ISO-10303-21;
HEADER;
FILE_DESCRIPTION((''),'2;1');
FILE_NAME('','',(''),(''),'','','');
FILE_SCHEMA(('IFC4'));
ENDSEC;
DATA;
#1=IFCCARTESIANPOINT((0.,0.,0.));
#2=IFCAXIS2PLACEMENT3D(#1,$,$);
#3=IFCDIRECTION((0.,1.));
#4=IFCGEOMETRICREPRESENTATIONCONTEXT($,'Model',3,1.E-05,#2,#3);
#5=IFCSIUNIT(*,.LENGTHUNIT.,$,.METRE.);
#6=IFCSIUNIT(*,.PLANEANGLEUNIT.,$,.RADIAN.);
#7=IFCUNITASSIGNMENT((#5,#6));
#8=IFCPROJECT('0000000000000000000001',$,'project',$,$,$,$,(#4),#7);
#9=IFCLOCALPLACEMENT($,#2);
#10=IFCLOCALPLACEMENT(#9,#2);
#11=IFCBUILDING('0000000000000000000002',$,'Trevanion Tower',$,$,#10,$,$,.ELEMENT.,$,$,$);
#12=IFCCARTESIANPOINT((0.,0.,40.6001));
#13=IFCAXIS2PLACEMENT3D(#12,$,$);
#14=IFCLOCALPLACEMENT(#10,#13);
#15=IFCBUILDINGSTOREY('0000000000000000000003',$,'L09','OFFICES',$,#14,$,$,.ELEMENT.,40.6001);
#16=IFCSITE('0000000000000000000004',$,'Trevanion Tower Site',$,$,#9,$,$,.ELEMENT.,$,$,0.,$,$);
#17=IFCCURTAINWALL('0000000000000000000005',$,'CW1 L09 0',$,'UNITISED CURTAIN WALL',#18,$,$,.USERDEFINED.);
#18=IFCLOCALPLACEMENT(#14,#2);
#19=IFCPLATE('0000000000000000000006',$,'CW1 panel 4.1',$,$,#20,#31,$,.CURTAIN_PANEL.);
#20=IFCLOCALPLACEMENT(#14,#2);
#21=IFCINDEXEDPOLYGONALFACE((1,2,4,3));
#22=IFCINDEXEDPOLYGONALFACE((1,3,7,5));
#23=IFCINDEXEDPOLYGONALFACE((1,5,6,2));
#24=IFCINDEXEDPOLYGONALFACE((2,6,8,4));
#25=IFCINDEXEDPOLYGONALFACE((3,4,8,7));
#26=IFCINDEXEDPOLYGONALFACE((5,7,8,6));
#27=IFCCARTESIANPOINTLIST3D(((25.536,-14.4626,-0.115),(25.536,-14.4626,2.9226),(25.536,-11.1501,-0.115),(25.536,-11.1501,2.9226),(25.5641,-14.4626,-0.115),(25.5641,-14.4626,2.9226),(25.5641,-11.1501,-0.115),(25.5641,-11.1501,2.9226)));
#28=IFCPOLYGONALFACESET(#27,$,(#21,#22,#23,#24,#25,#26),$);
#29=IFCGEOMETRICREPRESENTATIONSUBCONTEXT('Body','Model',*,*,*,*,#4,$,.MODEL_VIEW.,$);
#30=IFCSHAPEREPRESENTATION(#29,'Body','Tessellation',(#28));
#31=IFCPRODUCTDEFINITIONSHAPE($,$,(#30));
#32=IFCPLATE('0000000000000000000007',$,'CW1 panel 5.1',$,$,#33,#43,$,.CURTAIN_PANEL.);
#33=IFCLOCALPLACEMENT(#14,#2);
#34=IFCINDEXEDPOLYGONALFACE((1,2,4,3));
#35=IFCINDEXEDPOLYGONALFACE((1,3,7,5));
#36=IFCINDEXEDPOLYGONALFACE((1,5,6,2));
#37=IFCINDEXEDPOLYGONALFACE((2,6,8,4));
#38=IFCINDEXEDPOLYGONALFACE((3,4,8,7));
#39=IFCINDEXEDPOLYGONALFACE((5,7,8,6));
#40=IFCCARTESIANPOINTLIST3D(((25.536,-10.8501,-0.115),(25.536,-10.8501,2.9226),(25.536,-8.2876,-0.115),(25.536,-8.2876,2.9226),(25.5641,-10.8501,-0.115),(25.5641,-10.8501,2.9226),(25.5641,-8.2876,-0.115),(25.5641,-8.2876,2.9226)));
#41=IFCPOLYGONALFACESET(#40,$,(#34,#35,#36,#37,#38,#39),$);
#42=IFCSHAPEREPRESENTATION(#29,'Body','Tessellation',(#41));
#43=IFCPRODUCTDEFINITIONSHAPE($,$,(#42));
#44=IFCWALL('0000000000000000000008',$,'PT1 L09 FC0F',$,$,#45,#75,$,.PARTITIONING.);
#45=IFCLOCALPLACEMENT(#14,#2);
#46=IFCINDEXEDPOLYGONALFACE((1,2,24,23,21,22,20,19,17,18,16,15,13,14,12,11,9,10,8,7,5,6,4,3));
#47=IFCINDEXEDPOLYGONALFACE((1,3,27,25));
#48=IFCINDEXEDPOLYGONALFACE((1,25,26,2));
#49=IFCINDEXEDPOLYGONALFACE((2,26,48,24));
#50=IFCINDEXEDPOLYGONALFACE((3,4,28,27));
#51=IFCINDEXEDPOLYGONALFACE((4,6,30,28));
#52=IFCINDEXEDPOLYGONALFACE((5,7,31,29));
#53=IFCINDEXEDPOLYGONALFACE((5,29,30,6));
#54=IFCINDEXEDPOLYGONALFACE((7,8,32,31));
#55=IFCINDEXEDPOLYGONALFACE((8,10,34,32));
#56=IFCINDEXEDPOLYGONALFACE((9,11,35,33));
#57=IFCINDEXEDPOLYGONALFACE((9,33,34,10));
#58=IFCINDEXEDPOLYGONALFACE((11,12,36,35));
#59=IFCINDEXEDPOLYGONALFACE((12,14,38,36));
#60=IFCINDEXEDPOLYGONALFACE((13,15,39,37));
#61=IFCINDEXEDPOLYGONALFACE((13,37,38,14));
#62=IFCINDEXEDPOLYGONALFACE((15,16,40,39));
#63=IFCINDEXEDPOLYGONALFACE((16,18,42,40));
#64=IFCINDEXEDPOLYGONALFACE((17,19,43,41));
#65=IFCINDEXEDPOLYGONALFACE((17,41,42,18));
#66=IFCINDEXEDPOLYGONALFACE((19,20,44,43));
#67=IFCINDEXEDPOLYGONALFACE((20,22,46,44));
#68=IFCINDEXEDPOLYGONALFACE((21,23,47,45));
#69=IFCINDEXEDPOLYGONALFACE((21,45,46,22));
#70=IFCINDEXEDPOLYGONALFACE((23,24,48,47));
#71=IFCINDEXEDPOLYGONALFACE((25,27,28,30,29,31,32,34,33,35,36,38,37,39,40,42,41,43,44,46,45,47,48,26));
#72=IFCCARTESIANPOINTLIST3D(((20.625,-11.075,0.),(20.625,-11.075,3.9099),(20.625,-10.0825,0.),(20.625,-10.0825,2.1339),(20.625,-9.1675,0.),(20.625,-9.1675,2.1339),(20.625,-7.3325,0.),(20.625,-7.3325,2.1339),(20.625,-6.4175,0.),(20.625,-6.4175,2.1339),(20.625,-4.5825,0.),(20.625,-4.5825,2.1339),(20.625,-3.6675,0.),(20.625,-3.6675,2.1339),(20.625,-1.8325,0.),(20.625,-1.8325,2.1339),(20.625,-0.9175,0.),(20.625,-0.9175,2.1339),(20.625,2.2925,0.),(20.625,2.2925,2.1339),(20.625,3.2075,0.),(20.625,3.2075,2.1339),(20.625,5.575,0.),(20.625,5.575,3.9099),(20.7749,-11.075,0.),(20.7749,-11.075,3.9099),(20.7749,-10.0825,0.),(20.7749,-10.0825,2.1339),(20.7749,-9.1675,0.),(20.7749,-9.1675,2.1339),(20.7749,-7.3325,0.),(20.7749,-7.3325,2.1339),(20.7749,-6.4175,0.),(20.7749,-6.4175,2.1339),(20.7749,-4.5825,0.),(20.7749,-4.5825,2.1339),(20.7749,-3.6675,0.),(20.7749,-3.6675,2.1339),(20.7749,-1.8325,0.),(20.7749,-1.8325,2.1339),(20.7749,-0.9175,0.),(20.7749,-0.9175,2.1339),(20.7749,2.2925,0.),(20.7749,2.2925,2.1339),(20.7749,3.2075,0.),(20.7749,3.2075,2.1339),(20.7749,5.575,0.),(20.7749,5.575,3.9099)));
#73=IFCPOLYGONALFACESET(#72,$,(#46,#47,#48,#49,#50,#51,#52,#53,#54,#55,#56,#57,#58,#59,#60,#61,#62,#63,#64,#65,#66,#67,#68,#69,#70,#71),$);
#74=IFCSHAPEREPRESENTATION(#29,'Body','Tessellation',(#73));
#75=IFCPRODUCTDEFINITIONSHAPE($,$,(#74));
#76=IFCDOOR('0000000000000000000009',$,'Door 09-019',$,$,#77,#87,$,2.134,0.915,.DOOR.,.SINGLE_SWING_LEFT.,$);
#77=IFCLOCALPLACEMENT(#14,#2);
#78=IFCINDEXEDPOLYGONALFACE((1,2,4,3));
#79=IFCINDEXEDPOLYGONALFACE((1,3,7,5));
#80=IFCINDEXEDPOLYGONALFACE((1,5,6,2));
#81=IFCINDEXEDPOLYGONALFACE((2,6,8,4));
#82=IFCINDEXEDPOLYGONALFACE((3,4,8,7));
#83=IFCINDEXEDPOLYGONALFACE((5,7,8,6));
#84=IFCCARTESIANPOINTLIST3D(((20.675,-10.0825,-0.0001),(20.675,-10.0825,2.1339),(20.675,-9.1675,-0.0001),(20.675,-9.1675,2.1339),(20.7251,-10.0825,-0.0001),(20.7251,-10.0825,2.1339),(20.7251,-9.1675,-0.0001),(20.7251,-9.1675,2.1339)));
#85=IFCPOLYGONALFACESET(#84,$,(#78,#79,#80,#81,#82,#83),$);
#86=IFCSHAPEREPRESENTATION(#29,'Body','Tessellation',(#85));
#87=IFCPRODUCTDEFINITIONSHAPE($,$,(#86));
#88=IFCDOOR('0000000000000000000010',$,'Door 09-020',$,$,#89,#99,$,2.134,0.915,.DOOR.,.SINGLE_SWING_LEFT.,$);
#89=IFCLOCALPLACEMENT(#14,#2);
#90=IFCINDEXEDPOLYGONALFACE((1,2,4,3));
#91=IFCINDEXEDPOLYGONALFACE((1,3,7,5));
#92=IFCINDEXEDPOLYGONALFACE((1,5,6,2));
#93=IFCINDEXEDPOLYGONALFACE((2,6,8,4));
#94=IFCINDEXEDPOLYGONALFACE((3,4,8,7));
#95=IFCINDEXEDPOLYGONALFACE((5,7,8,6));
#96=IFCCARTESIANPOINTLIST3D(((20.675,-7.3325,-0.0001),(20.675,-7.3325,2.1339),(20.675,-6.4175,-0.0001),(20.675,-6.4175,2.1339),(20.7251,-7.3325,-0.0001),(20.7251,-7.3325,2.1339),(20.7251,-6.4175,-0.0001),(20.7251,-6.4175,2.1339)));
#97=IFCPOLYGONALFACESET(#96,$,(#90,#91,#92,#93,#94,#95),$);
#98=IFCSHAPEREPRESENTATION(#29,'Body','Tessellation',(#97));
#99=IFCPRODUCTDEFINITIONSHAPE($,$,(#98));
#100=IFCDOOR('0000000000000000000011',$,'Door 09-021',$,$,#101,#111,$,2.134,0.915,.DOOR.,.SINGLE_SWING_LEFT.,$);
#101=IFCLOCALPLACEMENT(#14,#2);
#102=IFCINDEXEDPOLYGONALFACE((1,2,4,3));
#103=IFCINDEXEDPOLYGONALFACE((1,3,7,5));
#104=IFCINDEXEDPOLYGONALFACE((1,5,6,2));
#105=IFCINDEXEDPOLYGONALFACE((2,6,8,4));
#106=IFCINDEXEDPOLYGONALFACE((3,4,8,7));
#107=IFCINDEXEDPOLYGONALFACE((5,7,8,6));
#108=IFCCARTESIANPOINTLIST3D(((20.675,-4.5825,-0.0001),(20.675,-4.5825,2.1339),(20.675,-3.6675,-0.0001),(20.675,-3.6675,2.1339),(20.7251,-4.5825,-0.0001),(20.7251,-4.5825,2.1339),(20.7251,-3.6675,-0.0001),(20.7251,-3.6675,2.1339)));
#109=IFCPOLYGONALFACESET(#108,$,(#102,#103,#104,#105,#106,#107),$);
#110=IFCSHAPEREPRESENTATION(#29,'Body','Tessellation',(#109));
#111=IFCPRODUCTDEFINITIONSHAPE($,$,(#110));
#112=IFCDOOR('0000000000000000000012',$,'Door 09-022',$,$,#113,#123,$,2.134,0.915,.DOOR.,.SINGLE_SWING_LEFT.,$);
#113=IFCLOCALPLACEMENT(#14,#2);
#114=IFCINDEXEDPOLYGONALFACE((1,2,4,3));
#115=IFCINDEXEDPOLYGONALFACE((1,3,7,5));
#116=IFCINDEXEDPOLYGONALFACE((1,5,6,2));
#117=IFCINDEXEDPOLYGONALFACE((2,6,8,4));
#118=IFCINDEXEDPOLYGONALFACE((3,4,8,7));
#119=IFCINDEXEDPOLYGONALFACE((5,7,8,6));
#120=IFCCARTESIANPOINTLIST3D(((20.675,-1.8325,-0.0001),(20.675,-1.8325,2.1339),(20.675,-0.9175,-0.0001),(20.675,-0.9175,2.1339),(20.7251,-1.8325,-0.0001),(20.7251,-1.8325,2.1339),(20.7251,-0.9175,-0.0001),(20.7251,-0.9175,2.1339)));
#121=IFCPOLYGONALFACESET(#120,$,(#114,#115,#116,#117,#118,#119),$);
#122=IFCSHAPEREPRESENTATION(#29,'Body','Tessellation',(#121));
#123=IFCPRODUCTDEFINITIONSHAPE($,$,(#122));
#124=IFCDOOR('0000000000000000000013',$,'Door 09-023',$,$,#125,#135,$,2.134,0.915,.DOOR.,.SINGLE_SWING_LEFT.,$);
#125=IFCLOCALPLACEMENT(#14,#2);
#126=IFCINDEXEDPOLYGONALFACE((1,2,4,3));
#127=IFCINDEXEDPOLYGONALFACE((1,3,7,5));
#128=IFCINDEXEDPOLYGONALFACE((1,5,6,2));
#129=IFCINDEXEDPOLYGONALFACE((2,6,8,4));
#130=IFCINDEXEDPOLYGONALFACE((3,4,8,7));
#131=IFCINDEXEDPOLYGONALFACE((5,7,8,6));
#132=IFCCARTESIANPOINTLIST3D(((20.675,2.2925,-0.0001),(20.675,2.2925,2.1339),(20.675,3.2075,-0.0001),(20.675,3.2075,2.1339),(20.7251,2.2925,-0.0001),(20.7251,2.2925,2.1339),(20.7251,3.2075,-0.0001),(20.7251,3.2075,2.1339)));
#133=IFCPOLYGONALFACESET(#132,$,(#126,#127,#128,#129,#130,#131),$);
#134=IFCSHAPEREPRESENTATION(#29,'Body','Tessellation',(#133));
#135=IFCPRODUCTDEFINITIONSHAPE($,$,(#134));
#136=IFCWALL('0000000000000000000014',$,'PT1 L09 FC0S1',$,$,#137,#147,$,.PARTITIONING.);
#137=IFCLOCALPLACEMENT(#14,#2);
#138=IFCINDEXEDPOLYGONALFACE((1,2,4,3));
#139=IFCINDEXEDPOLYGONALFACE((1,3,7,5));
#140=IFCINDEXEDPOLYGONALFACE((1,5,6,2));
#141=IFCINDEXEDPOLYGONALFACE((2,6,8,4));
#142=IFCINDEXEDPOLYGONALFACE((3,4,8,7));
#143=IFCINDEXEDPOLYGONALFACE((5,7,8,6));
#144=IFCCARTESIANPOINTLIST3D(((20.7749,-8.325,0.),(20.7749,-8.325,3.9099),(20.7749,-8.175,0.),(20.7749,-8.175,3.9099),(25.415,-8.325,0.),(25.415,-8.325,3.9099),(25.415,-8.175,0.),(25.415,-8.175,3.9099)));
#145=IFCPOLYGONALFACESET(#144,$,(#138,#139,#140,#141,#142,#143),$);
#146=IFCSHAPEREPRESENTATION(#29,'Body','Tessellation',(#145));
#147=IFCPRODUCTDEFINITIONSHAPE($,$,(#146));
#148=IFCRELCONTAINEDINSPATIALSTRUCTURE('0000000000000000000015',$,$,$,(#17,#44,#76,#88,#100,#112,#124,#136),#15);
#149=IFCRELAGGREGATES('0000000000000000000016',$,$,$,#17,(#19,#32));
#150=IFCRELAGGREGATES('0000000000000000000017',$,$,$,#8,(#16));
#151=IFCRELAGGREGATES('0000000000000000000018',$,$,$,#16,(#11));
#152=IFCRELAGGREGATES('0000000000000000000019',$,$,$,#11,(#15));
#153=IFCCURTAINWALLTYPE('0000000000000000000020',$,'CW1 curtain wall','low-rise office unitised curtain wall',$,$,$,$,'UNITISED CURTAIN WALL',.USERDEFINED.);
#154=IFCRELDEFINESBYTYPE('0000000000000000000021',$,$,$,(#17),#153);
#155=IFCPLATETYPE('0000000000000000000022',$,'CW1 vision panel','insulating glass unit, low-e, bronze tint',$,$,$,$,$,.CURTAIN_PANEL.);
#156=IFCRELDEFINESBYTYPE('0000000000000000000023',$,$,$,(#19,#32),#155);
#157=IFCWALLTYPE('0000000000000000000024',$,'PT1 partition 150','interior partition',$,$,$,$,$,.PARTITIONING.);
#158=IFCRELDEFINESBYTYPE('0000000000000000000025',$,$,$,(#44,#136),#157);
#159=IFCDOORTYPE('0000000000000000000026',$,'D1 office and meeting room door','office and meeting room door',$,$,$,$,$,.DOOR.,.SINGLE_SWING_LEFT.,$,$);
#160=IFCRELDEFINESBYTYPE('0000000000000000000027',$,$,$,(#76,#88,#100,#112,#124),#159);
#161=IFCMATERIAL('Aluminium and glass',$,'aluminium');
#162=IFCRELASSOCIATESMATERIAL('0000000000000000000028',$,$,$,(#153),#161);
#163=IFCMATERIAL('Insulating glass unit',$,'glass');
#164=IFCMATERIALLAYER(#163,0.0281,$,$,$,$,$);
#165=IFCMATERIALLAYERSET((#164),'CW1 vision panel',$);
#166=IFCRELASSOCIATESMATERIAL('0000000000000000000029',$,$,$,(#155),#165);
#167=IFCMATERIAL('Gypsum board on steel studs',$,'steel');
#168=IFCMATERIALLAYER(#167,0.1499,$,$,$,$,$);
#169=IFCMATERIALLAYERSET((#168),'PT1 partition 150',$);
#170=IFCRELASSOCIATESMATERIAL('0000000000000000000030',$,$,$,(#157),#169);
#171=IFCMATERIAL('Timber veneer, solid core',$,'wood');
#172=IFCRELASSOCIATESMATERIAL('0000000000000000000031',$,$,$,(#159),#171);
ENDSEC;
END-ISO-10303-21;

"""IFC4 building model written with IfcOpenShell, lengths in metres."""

from ifc_helpers import new_model, si_unit, direction, frame, frame_2d, origin, origin_2d, place, context, subcontext, project, spatial, rectangle, extrude, material, layer, layer_set, type_object, element, fill, aggregate, save


model = new_model("IFC4")

# Units and contexts
model_context = context("Model", 3, precision=1e-05, world=origin(), true_north=direction((0.0, 1.0)))
body_context = subcontext(model_context, "Body", "Model", "MODEL_VIEW")
ifc_project = project(units=[si_unit("LENGTHUNIT", "METRE"), si_unit("PLANEANGLEUNIT", "RADIAN")], contexts=[model_context])

# Site, building, storey
site_placement = place(None, origin())
site = spatial("IfcSite", under=ifc_project, at=site_placement, Name="Trevanion Tower Site", CompositionType="ELEMENT", RefElevation=0.0)
building_placement = place(site_placement, origin())
building = spatial("IfcBuilding", under=site, at=building_placement, Name="Trevanion Tower", CompositionType="ELEMENT")
storey_placement = place(building_placement, frame((0.0, 0.0, 40.6001)))
storey = spatial("IfcBuildingStorey", under=building, at=storey_placement, Name="L09", Description="OFFICES", CompositionType="ELEMENT", Elevation=40.6001)

# Curtain wall
ifc_material_1 = material(Name="Aluminium and glass", Category="aluminium")
curtain_wall_type = type_object("IfcCurtainWallType", Name="CW1 curtain wall", Description="low-rise office unitised curtain wall", ElementType="UNITISED CURTAIN WALL", PredefinedType="USERDEFINED", material=ifc_material_1)
curtain_wall_placement = place(storey_placement, origin())
curtain_wall = element("IfcCurtainWall", 1, at=curtain_wall_placement, inside=storey, type_object=curtain_wall_type, Name="CW1 L09 0", ObjectType="UNITISED CURTAIN WALL", PredefinedType="USERDEFINED")

# Plates
ifc_material_2 = material(Name="Insulating glass unit", Category="glass")
ifc_layer_1 = layer(ifc_material_2, 0.0281)
ifc_layer_set_1 = layer_set([ifc_layer_1], Name="CW1 vision panel")
plate_type_1 = type_object("IfcPlateType", Name="CW1 vision panel", Description="insulating glass unit, low-e, bronze tint", PredefinedType="CURTAIN_PANEL", material=ifc_layer_set_1)
plate_1_placement = place(storey_placement, frame((25.55, -12.8064, -0.115), z_axis=(0.0, 0.0, 1.0), x_axis=(0.0, 1.0, 0.0)))
plate_1 = element("IfcPlate", 2, at=plate_1_placement, type_object=plate_type_1, Name="CW1 panel 4.1", PredefinedType="CURTAIN_PANEL", context=body_context, shape_type="SweptSolid", body=[
    extrude(rectangle(XDim=3.3125, YDim=0.0281, at=origin_2d()), origin(), (0.0, 0.0, 1.0), 3.0376),
])
plate_2_placement = place(storey_placement, frame((25.55, -9.5688, -0.115), z_axis=(0.0, 0.0, 1.0), x_axis=(0.0, 1.0, 0.0)))
plate_2 = element("IfcPlate", 3, at=plate_2_placement, type_object=plate_type_1, Name="CW1 panel 5.1", PredefinedType="CURTAIN_PANEL", context=body_context, shape_type="SweptSolid", body=[
    extrude(rectangle(XDim=2.5625, YDim=0.0281, at=origin_2d()), origin(), (0.0, 0.0, 1.0), 3.0376),
])
aggregate(curtain_wall, [plate_1, plate_2])

# Wall, openings, doors
ifc_material_3 = material(Name="Gypsum board on steel studs", Category="steel")
ifc_layer_2 = layer(ifc_material_3, 0.1499)
ifc_layer_set_2 = layer_set([ifc_layer_2], Name="PT1 partition 150")
wall_type = type_object("IfcWallType", Name="PT1 partition 150", Description="interior partition", PredefinedType="PARTITIONING", material=ifc_layer_set_2)
wall_1_placement = place(storey_placement, frame((20.7, -11.075, 0.0), z_axis=(0.0, 0.0, 1.0), x_axis=(0.0, 1.0, 0.0)))
wall_1 = element("IfcWall", 4, at=wall_1_placement, inside=storey, type_object=wall_type, Name="PT1 L09 FC0F", PredefinedType="PARTITIONING", context=body_context, shape_type="SweptSolid", body=[
    extrude(rectangle(XDim=16.6499, YDim=0.1499, at=frame_2d((8.325, 0.0))), origin(), (0.0, 0.0, 1.0), 3.9099),
])
opening_1_placement = place(wall_1_placement, frame((0.9924, 0.0, 0.0)))
opening_1 = element("IfcOpeningElement", 5, at=opening_1_placement, cuts=wall_1, PredefinedType="OPENING", context=body_context, shape_type="SweptSolid", body=[
    extrude(rectangle(XDim=0.915, YDim=2.134, at=frame_2d((0.4575, 1.0669))), frame((0.0, 0.085, 0.0), z_axis=(0.0, -1.0, 0.0), x_axis=(1.0, 0.0, 0.0)), (0.0, 0.0, 1.0), 0.1699),
])
opening_2_placement = place(wall_1_placement, frame((3.7424, 0.0, 0.0)))
opening_2 = element("IfcOpeningElement", 6, at=opening_2_placement, cuts=wall_1, PredefinedType="OPENING", context=body_context, shape_type="SweptSolid", body=[
    extrude(rectangle(XDim=0.915, YDim=2.134, at=frame_2d((0.4575, 1.0669))), frame((0.0, 0.085, 0.0), z_axis=(0.0, -1.0, 0.0), x_axis=(1.0, 0.0, 0.0)), (0.0, 0.0, 1.0), 0.1699),
])
opening_3_placement = place(wall_1_placement, frame((6.4924, 0.0, 0.0)))
opening_3 = element("IfcOpeningElement", 7, at=opening_3_placement, cuts=wall_1, PredefinedType="OPENING", context=body_context, shape_type="SweptSolid", body=[
    extrude(rectangle(XDim=0.915, YDim=2.134, at=frame_2d((0.4575, 1.0669))), frame((0.0, 0.085, 0.0), z_axis=(0.0, -1.0, 0.0), x_axis=(1.0, 0.0, 0.0)), (0.0, 0.0, 1.0), 0.1699),
])
opening_4_placement = place(wall_1_placement, frame((9.2424, 0.0, 0.0)))
opening_4 = element("IfcOpeningElement", 8, at=opening_4_placement, cuts=wall_1, PredefinedType="OPENING", context=body_context, shape_type="SweptSolid", body=[
    extrude(rectangle(XDim=0.915, YDim=2.134, at=frame_2d((0.4575, 1.0669))), frame((0.0, 0.085, 0.0), z_axis=(0.0, -1.0, 0.0), x_axis=(1.0, 0.0, 0.0)), (0.0, 0.0, 1.0), 0.1699),
])
opening_5_placement = place(wall_1_placement, frame((13.3674, 0.0, 0.0)))
opening_5 = element("IfcOpeningElement", 9, at=opening_5_placement, cuts=wall_1, PredefinedType="OPENING", context=body_context, shape_type="SweptSolid", body=[
    extrude(rectangle(XDim=0.915, YDim=2.134, at=frame_2d((0.4575, 1.0669))), frame((0.0, 0.085, 0.0), z_axis=(0.0, -1.0, 0.0), x_axis=(1.0, 0.0, 0.0)), (0.0, 0.0, 1.0), 0.1699),
])
ifc_material_4 = material(Name="Timber veneer, solid core", Category="wood")
door_type = type_object("IfcDoorType", Name="D1 office and meeting room door", Description="office and meeting room door", OperationType="SINGLE_SWING_LEFT", PredefinedType="DOOR", material=ifc_material_4)
door_1_placement = place(opening_1_placement, origin())
door_1 = element("IfcDoor", 10, at=door_1_placement, inside=storey, type_object=door_type, Name="Door 09-019", OperationType="SINGLE_SWING_LEFT", OverallHeight=2.134, OverallWidth=0.915, PredefinedType="DOOR", context=body_context, shape_type="SweptSolid", body=[
    extrude(rectangle(XDim=0.915, YDim=2.134, at=frame_2d((0.4575, 1.0669))), frame((0.0, 0.0249, 0.0), z_axis=(0.0, -1.0, 0.0), x_axis=(1.0, 0.0, 0.0)), (0.0, 0.0, 1.0), 0.05),
])
fill(opening_1, door_1)
door_2_placement = place(opening_2_placement, origin())
door_2 = element("IfcDoor", 11, at=door_2_placement, inside=storey, type_object=door_type, Name="Door 09-020", OperationType="SINGLE_SWING_LEFT", OverallHeight=2.134, OverallWidth=0.915, PredefinedType="DOOR", context=body_context, shape_type="SweptSolid", body=[
    extrude(rectangle(XDim=0.915, YDim=2.134, at=frame_2d((0.4575, 1.0669))), frame((0.0, 0.0249, 0.0), z_axis=(0.0, -1.0, 0.0), x_axis=(1.0, 0.0, 0.0)), (0.0, 0.0, 1.0), 0.05),
])
fill(opening_2, door_2)
door_3_placement = place(opening_3_placement, origin())
door_3 = element("IfcDoor", 12, at=door_3_placement, inside=storey, type_object=door_type, Name="Door 09-021", OperationType="SINGLE_SWING_LEFT", OverallHeight=2.134, OverallWidth=0.915, PredefinedType="DOOR", context=body_context, shape_type="SweptSolid", body=[
    extrude(rectangle(XDim=0.915, YDim=2.134, at=frame_2d((0.4575, 1.0669))), frame((0.0, 0.0249, 0.0), z_axis=(0.0, -1.0, 0.0), x_axis=(1.0, 0.0, 0.0)), (0.0, 0.0, 1.0), 0.05),
])
fill(opening_3, door_3)
door_4_placement = place(opening_4_placement, origin())
door_4 = element("IfcDoor", 13, at=door_4_placement, inside=storey, type_object=door_type, Name="Door 09-022", OperationType="SINGLE_SWING_LEFT", OverallHeight=2.134, OverallWidth=0.915, PredefinedType="DOOR", context=body_context, shape_type="SweptSolid", body=[
    extrude(rectangle(XDim=0.915, YDim=2.134, at=frame_2d((0.4575, 1.0669))), frame((0.0, 0.0249, 0.0), z_axis=(0.0, -1.0, 0.0), x_axis=(1.0, 0.0, 0.0)), (0.0, 0.0, 1.0), 0.05),
])
fill(opening_4, door_4)
door_5_placement = place(opening_5_placement, origin())
door_5 = element("IfcDoor", 14, at=door_5_placement, inside=storey, type_object=door_type, Name="Door 09-023", OperationType="SINGLE_SWING_LEFT", OverallHeight=2.134, OverallWidth=0.915, PredefinedType="DOOR", context=body_context, shape_type="SweptSolid", body=[
    extrude(rectangle(XDim=0.915, YDim=2.134, at=frame_2d((0.4575, 1.0669))), frame((0.0, 0.0249, 0.0), z_axis=(0.0, -1.0, 0.0), x_axis=(1.0, 0.0, 0.0)), (0.0, 0.0, 1.0), 0.05),
])
fill(opening_5, door_5)

# Wall
wall_2_placement = place(storey_placement, frame((20.7749, -8.25, 0.0), z_axis=(0.0, 0.0, 1.0), x_axis=(1.0, 0.0, 0.0)))
element("IfcWall", 15, at=wall_2_placement, inside=storey, type_object=wall_type, Name="PT1 L09 FC0S1", PredefinedType="PARTITIONING", context=body_context, shape_type="SweptSolid", body=[
    extrude(rectangle(XDim=4.6401, YDim=0.1499, at=frame_2d((2.3201, 0.0))), origin(), (0.0, 0.0, 1.0), 3.9099),
])

save(model, "model.ifc")
